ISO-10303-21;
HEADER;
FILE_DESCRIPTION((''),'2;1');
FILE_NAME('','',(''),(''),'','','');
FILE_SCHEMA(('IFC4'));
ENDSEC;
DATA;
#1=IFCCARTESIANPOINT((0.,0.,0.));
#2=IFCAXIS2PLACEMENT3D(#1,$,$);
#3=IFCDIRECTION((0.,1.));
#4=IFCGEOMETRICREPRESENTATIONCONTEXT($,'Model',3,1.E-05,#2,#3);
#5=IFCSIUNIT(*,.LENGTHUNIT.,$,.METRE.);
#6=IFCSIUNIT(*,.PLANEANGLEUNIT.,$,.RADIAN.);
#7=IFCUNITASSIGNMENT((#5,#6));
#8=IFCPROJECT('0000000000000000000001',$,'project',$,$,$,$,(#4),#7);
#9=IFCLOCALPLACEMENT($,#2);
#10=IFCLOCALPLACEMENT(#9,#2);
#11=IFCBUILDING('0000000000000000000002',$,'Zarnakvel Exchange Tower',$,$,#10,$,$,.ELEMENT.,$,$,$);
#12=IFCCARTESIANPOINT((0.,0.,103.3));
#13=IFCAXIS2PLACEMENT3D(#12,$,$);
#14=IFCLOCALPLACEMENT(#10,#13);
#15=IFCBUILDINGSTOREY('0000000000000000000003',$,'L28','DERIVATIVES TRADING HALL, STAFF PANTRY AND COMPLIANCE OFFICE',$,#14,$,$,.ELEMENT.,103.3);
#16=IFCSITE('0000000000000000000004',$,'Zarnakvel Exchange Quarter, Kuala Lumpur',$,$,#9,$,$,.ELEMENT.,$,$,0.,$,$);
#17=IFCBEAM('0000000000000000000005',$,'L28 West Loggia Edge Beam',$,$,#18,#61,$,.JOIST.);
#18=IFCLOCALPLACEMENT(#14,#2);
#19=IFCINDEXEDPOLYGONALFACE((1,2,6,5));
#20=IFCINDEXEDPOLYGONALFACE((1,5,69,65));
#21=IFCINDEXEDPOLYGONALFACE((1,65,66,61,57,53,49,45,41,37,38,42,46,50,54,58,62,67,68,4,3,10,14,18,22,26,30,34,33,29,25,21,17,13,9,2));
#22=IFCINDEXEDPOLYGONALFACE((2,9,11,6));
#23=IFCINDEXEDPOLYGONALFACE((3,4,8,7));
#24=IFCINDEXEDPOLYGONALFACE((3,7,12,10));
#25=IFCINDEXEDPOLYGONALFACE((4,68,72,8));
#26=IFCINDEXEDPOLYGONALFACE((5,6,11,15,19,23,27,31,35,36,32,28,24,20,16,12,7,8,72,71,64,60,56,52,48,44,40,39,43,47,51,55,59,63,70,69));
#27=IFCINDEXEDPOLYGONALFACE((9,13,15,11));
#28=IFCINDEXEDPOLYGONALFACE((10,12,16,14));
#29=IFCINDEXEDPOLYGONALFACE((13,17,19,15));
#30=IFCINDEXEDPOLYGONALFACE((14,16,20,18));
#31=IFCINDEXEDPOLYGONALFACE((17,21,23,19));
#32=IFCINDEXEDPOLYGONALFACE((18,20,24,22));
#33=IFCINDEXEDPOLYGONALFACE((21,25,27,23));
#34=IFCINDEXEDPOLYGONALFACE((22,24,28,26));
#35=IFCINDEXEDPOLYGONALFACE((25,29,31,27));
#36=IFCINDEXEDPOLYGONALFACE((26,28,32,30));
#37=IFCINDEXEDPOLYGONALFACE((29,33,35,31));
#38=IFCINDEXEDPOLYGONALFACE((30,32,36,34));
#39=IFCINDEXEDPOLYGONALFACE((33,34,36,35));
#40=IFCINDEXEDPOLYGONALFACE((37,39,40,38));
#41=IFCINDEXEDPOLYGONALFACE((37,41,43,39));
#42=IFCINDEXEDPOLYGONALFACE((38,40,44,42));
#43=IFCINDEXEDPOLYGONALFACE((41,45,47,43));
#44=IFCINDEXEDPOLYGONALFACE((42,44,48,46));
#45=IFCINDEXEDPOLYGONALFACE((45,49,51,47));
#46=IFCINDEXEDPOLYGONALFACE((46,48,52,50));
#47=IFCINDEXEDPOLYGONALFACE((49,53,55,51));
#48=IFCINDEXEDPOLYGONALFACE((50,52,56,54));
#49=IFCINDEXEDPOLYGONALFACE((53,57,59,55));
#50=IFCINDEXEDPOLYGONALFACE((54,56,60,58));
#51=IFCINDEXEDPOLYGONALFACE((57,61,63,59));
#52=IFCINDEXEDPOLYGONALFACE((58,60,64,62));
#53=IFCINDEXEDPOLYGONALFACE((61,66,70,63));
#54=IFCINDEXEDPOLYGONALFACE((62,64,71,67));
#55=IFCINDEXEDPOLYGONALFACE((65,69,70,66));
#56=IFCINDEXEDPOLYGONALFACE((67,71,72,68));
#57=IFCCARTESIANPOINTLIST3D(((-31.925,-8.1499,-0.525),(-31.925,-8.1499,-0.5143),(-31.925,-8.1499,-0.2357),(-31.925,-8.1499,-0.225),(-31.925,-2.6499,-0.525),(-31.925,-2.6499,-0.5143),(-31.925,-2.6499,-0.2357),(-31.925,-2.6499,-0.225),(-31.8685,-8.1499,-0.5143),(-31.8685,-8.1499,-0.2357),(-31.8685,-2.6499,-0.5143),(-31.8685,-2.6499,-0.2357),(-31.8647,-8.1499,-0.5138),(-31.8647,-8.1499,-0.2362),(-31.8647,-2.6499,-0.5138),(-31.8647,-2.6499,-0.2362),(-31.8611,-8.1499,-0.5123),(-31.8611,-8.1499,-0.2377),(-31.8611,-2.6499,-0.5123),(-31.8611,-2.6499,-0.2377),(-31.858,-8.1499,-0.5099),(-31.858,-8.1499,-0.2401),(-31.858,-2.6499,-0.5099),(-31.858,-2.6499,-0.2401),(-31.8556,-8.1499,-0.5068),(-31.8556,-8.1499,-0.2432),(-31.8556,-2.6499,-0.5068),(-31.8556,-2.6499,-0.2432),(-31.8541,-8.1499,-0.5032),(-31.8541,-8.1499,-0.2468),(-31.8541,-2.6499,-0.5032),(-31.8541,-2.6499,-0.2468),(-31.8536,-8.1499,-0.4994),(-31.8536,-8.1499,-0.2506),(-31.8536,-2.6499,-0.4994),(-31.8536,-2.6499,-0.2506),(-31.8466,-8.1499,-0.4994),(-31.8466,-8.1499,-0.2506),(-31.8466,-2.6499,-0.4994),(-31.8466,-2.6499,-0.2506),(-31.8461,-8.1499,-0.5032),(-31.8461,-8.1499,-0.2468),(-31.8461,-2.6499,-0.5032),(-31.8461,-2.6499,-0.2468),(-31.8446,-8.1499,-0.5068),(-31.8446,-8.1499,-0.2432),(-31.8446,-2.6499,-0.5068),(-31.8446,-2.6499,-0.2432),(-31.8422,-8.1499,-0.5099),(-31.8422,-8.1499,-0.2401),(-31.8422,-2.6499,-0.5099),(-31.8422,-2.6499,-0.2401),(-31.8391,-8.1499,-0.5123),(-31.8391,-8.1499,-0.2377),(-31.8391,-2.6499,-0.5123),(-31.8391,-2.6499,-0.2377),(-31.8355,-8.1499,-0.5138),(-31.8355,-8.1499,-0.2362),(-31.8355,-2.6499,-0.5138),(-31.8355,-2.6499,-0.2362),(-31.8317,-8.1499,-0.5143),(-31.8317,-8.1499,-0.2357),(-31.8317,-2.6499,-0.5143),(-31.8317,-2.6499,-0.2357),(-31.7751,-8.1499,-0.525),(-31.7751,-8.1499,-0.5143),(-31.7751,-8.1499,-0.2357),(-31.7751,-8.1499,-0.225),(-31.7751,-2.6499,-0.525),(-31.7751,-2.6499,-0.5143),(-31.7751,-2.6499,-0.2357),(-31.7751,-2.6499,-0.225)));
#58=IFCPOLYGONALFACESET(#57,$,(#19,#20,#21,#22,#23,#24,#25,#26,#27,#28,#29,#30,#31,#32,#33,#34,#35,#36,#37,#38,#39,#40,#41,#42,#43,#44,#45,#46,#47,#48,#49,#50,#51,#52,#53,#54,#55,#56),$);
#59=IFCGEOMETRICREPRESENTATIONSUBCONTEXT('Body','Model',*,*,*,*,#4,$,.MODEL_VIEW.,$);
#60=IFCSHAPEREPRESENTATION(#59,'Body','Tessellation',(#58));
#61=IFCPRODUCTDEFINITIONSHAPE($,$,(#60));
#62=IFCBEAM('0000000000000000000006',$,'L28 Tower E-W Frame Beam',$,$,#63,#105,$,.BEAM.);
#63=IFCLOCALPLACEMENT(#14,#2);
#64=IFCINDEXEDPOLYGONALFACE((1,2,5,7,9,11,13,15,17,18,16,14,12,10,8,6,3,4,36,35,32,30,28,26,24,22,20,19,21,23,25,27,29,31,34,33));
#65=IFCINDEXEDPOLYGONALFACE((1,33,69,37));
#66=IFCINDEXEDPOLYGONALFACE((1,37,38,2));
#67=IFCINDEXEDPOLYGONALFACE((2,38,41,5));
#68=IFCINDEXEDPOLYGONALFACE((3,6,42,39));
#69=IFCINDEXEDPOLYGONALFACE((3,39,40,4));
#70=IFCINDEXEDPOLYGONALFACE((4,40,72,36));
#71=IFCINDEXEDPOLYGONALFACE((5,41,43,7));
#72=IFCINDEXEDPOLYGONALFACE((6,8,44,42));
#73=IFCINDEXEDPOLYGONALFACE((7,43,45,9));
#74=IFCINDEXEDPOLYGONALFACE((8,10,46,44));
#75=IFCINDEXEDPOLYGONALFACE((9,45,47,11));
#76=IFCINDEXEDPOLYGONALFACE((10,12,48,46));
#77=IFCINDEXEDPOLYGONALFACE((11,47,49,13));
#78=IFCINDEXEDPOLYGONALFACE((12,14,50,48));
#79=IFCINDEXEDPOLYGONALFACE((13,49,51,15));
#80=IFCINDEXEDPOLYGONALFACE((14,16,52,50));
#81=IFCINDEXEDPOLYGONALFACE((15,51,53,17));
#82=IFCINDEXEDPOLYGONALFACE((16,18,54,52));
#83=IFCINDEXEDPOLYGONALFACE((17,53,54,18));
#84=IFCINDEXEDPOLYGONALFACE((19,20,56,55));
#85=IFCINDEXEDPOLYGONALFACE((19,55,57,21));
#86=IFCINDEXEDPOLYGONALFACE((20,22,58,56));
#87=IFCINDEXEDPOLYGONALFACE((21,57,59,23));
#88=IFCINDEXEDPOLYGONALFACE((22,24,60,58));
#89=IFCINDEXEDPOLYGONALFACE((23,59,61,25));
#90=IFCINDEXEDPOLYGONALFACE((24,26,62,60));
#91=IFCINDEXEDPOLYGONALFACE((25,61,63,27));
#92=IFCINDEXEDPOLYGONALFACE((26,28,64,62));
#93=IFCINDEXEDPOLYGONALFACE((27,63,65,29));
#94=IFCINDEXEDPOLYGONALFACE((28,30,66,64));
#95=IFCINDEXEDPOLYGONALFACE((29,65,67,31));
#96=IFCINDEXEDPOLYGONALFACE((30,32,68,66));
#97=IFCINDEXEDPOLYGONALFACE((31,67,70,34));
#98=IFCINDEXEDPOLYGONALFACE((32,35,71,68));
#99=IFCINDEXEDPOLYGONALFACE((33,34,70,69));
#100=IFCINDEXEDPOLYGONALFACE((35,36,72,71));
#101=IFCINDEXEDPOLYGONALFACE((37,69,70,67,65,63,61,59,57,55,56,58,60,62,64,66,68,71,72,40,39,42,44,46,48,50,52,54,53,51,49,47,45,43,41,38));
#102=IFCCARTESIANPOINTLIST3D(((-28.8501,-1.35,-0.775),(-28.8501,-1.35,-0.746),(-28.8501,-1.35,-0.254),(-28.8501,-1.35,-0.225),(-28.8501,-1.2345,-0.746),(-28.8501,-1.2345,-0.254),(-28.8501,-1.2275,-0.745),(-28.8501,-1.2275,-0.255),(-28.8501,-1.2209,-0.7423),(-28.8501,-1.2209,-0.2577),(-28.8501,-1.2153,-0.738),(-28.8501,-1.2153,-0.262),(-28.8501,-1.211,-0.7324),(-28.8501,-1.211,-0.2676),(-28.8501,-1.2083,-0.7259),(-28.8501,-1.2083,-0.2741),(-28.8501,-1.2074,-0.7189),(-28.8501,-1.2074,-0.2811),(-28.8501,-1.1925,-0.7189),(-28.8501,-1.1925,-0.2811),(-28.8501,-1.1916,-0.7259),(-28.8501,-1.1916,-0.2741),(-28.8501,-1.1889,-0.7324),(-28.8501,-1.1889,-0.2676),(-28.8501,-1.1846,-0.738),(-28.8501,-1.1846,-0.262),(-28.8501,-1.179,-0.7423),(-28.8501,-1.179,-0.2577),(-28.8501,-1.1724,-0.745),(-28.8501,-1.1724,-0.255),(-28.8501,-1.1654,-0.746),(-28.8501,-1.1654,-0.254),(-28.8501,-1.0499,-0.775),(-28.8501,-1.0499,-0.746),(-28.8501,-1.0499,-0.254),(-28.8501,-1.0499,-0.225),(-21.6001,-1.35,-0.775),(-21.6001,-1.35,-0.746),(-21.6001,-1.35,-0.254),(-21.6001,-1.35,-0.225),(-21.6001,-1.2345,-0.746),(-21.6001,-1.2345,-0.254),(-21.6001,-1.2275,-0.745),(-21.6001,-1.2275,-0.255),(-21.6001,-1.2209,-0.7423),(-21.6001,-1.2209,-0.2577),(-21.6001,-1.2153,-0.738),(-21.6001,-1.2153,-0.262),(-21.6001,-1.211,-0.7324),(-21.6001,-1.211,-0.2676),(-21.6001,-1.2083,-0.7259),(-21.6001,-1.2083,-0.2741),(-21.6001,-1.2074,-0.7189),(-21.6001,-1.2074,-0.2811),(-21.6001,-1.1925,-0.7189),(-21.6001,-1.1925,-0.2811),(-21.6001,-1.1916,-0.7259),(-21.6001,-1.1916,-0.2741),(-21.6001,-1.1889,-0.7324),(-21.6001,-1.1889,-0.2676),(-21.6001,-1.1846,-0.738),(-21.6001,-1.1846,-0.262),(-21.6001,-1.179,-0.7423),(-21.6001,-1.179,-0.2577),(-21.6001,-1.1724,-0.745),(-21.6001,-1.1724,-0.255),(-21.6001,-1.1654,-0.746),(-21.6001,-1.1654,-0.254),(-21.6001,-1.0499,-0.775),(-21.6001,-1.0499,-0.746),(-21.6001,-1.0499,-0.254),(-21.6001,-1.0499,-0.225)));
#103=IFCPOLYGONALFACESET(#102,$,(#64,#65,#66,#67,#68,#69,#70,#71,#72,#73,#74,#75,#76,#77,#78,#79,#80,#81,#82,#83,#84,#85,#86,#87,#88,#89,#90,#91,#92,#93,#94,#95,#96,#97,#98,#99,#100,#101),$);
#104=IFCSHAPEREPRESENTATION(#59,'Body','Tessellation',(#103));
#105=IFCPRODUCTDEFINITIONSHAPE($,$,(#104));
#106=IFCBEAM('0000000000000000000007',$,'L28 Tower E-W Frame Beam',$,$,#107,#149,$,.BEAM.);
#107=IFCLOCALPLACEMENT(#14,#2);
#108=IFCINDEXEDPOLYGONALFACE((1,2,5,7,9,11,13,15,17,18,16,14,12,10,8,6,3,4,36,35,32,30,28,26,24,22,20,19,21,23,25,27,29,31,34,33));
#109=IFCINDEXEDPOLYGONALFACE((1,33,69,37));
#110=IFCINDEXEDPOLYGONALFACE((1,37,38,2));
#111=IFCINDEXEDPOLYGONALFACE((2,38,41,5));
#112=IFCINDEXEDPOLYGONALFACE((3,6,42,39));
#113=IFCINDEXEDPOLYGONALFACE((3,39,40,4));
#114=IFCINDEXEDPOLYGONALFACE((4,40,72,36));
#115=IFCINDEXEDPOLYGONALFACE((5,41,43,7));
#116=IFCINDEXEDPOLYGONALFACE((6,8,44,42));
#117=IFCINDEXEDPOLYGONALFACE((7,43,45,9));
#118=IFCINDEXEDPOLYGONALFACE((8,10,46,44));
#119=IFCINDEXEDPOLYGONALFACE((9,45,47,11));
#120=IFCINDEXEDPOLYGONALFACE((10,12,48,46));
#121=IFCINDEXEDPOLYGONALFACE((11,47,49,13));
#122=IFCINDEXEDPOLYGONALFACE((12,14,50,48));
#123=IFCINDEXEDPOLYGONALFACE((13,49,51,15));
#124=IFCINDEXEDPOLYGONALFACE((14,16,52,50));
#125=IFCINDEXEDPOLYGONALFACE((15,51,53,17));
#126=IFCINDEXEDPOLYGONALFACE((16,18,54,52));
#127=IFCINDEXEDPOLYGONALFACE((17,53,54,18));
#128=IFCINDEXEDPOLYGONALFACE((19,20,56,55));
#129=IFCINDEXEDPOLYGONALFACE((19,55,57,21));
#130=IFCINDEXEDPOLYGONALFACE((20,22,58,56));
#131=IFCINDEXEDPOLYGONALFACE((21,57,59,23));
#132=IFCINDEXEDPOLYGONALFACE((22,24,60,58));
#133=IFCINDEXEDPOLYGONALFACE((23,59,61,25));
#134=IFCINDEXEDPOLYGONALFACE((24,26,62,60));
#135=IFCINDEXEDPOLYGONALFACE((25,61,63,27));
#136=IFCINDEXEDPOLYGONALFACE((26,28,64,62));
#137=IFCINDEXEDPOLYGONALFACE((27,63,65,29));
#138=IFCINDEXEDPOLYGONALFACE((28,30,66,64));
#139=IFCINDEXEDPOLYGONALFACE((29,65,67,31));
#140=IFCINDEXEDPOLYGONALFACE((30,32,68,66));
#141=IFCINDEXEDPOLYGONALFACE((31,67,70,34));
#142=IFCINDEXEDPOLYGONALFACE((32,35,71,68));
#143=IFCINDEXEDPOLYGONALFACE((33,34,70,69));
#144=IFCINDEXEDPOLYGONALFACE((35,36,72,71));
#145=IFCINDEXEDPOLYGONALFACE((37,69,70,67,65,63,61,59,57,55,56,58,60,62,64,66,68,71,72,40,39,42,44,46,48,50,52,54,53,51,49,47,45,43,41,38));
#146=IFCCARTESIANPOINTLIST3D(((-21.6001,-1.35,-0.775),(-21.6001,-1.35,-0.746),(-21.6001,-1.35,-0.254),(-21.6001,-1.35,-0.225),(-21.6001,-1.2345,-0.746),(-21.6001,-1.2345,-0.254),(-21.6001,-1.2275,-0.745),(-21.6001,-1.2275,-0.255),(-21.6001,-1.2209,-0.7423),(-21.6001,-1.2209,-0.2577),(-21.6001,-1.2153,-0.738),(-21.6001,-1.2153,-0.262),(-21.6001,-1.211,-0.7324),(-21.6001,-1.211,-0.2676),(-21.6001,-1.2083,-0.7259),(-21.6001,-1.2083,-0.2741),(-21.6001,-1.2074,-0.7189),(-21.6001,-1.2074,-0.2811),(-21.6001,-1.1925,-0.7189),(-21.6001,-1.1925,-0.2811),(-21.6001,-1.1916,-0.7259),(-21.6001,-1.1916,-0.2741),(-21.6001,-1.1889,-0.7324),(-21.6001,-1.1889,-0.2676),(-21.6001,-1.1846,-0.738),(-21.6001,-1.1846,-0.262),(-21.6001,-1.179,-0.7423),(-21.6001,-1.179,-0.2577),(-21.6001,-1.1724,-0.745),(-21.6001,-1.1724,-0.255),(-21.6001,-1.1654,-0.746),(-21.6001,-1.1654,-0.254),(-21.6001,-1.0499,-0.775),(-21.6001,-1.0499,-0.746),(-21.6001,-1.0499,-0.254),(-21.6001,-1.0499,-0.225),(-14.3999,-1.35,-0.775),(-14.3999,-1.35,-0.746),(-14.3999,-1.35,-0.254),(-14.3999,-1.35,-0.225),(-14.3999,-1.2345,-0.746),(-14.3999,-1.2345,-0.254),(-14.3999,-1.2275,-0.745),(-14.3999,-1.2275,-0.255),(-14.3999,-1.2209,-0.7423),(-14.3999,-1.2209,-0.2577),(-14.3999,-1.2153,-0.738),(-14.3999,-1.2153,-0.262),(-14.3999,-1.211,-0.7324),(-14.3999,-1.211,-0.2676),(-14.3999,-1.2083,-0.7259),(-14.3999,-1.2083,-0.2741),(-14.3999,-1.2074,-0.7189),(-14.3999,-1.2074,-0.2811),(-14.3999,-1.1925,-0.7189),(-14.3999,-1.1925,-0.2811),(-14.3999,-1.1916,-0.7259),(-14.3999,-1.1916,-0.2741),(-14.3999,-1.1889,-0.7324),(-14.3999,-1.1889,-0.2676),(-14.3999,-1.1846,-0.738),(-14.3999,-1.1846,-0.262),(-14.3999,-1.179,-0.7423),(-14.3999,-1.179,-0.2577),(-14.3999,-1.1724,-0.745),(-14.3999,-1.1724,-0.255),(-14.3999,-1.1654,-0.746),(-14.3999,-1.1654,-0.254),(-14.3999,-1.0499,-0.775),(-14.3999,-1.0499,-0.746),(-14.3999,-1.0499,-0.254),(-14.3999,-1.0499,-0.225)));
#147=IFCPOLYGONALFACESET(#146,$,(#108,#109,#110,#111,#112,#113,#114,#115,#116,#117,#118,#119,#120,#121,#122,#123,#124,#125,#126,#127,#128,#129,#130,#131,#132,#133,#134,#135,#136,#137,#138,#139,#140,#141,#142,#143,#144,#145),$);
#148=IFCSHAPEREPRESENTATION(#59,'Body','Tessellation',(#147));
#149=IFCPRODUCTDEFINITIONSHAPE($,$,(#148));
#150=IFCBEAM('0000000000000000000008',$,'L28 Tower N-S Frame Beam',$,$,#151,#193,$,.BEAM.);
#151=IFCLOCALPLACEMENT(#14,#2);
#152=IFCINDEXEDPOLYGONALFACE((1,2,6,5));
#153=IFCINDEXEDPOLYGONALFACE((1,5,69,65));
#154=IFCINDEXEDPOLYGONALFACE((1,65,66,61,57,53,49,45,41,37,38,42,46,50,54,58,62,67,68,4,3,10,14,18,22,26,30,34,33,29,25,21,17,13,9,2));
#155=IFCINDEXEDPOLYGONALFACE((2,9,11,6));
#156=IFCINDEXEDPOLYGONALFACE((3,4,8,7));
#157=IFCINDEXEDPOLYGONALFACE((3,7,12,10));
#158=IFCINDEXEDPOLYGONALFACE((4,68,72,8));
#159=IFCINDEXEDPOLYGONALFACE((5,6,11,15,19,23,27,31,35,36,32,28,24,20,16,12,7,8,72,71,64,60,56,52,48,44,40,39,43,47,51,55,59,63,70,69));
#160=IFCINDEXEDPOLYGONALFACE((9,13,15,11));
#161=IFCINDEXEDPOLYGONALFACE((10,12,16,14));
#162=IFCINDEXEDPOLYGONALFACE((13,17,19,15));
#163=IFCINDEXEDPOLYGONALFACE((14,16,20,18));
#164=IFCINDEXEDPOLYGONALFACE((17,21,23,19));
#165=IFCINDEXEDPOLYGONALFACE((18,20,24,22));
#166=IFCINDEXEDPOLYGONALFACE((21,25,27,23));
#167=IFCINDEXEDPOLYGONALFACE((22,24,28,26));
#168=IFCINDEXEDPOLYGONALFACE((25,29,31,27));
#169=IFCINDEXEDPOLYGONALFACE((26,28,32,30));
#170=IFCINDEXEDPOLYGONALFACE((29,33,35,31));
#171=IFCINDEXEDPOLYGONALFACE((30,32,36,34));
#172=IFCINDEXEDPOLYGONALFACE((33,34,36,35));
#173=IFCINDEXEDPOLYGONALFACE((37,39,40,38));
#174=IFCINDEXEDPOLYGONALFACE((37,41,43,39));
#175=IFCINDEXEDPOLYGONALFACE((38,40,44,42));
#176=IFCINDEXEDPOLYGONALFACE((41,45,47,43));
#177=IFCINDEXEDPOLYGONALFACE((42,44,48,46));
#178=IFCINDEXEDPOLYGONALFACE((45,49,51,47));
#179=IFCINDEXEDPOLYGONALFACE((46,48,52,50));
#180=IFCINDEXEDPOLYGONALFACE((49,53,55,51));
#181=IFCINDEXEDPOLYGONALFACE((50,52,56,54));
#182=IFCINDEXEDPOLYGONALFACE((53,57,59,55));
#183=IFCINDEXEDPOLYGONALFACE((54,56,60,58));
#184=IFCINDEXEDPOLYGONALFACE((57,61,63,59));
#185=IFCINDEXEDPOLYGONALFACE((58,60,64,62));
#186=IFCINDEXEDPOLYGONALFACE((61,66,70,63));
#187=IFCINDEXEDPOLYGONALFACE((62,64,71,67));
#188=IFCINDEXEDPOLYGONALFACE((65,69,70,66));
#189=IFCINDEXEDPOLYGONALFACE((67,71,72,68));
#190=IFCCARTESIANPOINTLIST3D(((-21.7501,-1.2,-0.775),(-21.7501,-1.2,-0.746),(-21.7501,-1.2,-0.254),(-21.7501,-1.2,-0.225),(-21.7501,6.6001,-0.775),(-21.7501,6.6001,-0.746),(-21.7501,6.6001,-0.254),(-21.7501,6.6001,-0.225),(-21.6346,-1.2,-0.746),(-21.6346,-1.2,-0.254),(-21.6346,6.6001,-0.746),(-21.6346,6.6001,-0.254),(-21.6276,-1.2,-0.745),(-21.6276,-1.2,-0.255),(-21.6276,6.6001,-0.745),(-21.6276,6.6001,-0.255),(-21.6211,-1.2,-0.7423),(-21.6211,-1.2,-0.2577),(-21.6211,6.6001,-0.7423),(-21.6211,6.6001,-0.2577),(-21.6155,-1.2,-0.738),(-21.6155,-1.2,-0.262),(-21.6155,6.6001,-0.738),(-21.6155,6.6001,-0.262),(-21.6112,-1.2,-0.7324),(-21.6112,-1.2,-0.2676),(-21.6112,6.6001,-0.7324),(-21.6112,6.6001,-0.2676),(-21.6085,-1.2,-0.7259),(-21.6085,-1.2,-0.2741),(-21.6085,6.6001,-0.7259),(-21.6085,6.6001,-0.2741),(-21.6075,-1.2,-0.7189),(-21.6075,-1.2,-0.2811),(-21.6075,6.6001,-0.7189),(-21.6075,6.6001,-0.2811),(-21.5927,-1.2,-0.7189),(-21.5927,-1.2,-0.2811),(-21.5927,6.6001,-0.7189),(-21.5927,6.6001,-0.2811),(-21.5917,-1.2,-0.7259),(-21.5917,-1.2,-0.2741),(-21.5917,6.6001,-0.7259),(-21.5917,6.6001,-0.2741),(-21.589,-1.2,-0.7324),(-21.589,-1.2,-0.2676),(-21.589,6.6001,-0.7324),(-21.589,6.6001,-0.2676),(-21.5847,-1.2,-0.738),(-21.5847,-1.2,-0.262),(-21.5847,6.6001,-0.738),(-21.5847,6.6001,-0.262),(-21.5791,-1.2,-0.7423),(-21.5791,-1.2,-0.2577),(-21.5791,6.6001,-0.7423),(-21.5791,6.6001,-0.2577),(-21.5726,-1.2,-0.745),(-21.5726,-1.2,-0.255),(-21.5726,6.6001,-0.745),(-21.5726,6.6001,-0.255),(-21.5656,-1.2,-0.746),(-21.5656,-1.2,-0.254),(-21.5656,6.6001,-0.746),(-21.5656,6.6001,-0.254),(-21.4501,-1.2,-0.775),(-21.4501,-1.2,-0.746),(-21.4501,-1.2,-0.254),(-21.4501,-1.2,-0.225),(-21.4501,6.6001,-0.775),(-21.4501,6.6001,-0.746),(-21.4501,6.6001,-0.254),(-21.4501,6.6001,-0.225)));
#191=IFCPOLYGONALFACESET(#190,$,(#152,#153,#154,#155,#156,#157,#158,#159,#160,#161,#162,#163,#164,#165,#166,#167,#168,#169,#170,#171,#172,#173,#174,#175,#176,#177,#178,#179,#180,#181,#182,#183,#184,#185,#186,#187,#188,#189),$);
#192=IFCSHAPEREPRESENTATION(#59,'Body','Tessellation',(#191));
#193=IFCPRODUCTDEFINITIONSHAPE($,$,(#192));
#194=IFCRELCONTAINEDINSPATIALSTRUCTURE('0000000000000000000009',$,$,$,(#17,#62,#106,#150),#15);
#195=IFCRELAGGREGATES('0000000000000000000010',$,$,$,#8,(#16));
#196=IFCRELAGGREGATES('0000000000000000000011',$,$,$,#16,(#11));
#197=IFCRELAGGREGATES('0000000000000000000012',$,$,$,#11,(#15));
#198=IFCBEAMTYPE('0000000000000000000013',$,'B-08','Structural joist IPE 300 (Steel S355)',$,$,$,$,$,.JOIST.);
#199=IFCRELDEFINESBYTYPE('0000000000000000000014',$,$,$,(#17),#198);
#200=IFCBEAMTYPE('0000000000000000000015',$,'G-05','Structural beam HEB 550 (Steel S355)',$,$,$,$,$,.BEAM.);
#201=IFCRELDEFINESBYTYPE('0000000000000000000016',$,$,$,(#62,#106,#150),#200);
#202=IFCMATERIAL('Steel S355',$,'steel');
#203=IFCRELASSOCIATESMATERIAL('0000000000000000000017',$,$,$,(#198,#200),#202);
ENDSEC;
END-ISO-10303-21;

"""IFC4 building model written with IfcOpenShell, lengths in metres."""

from ifc_helpers import new_model, si_unit, direction, frame, origin, origin_2d, place, context, subcontext, project, spatial, i_section, extrude, material, material_profile, profile_set, type_object, element, save


model = new_model("IFC4")

# Units and contexts
model_context = context("Model", 3, precision=1e-05, world=origin(), true_north=direction((0.0, 1.0)))
body_context = subcontext(model_context, "Body", "Model", "MODEL_VIEW")
ifc_project = project(units=[si_unit("LENGTHUNIT", "METRE"), si_unit("PLANEANGLEUNIT", "RADIAN")], contexts=[model_context])

# Site, building, storey
site_placement = place(None, origin())
site = spatial("IfcSite", under=ifc_project, at=site_placement, Name="Zarnakvel Exchange Quarter, Kuala Lumpur", CompositionType="ELEMENT", RefElevation=0.0)
building_placement = place(site_placement, origin())
building = spatial("IfcBuilding", under=site, at=building_placement, Name="Zarnakvel Exchange Tower", CompositionType="ELEMENT")
storey_placement = place(building_placement, frame((0.0, 0.0, 103.3)))
storey = spatial("IfcBuildingStorey", under=building, at=storey_placement, Name="L28", Description="DERIVATIVES TRADING HALL, STAFF PANTRY AND COMPLIANCE OFFICE", CompositionType="ELEMENT", Elevation=103.3)

# Shared definitions
ifc_material_1 = material(Name="Steel S355", Category="steel")

# Beams
ifc_material_profile_1 = material_profile(ifc_material_1, i_section(OverallWidth=0.1499, OverallDepth=0.3, WebThickness=0.0071, FlangeThickness=0.0107, FilletRadius=0.0149, at=origin_2d()))
ifc_profile_set_1 = profile_set([ifc_material_profile_1], Name="Steel S355")
beam_type_1 = type_object("IfcBeamType", Name="B-08", Description="Structural joist IPE 300 (Steel S355)", PredefinedType="JOIST", material=ifc_profile_set_1)
beam_1_placement = place(storey_placement, frame((-31.8501, -8.1499, -0.375), z_axis=(0.0, 1.0, 0.0), x_axis=(-1.0, 0.0, 0.0)))
element("IfcBeam", 1, at=beam_1_placement, inside=storey, type_object=beam_type_1, Name="L28 West Loggia Edge Beam", PredefinedType="JOIST", context=body_context, shape_type="SweptSolid", body=[
    extrude(i_section(OverallWidth=0.1499, OverallDepth=0.3, WebThickness=0.0071, FlangeThickness=0.0107, FilletRadius=0.0149, at=origin_2d()), origin(), (0.0, 0.0, 1.0), 5.5),
])
ifc_material_profile_2 = material_profile(ifc_material_1, i_section(OverallWidth=0.3, OverallDepth=0.55, WebThickness=0.0149, FlangeThickness=0.0291, FilletRadius=0.0271, at=origin_2d()))
ifc_profile_set_2 = profile_set([ifc_material_profile_2], Name="Steel S355")
beam_type_2 = type_object("IfcBeamType", Name="G-05", Description="Structural beam HEB 550 (Steel S355)", PredefinedType="BEAM", material=ifc_profile_set_2)
beam_2_placement = place(storey_placement, frame((-28.8501, -1.2, -0.5), z_axis=(1.0, 0.0, 0.0), x_axis=(0.0, 1.0, 0.0)))
element("IfcBeam", 2, at=beam_2_placement, inside=storey, type_object=beam_type_2, Name="L28 Tower E-W Frame Beam", PredefinedType="BEAM", context=body_context, shape_type="SweptSolid", body=[
    extrude(i_section(OverallWidth=0.3, OverallDepth=0.55, WebThickness=0.0149, FlangeThickness=0.0291, FilletRadius=0.0271, at=origin_2d()), origin(), (0.0, 0.0, 1.0), 7.25),
])
beam_3_placement = place(storey_placement, frame((-21.6001, -1.2, -0.5), z_axis=(1.0, 0.0, 0.0), x_axis=(0.0, 1.0, 0.0)))
element("IfcBeam", 3, at=beam_3_placement, inside=storey, type_object=beam_type_2, Name="L28 Tower E-W Frame Beam", PredefinedType="BEAM", context=body_context, shape_type="SweptSolid", body=[
    extrude(i_section(OverallWidth=0.3, OverallDepth=0.55, WebThickness=0.0149, FlangeThickness=0.0291, FilletRadius=0.0271, at=origin_2d()), origin(), (0.0, 0.0, 1.0), 7.2002),
])
beam_4_placement = place(storey_placement, frame((-21.6001, -1.2, -0.5), z_axis=(0.0, 1.0, 0.0), x_axis=(-1.0, 0.0, 0.0)))
element("IfcBeam", 4, at=beam_4_placement, inside=storey, type_object=beam_type_2, Name="L28 Tower N-S Frame Beam", PredefinedType="BEAM", context=body_context, shape_type="SweptSolid", body=[
    extrude(i_section(OverallWidth=0.3, OverallDepth=0.55, WebThickness=0.0149, FlangeThickness=0.0291, FilletRadius=0.0271, at=origin_2d()), origin(), (0.0, 0.0, 1.0), 7.8),
])

save(model, "model.ifc")
